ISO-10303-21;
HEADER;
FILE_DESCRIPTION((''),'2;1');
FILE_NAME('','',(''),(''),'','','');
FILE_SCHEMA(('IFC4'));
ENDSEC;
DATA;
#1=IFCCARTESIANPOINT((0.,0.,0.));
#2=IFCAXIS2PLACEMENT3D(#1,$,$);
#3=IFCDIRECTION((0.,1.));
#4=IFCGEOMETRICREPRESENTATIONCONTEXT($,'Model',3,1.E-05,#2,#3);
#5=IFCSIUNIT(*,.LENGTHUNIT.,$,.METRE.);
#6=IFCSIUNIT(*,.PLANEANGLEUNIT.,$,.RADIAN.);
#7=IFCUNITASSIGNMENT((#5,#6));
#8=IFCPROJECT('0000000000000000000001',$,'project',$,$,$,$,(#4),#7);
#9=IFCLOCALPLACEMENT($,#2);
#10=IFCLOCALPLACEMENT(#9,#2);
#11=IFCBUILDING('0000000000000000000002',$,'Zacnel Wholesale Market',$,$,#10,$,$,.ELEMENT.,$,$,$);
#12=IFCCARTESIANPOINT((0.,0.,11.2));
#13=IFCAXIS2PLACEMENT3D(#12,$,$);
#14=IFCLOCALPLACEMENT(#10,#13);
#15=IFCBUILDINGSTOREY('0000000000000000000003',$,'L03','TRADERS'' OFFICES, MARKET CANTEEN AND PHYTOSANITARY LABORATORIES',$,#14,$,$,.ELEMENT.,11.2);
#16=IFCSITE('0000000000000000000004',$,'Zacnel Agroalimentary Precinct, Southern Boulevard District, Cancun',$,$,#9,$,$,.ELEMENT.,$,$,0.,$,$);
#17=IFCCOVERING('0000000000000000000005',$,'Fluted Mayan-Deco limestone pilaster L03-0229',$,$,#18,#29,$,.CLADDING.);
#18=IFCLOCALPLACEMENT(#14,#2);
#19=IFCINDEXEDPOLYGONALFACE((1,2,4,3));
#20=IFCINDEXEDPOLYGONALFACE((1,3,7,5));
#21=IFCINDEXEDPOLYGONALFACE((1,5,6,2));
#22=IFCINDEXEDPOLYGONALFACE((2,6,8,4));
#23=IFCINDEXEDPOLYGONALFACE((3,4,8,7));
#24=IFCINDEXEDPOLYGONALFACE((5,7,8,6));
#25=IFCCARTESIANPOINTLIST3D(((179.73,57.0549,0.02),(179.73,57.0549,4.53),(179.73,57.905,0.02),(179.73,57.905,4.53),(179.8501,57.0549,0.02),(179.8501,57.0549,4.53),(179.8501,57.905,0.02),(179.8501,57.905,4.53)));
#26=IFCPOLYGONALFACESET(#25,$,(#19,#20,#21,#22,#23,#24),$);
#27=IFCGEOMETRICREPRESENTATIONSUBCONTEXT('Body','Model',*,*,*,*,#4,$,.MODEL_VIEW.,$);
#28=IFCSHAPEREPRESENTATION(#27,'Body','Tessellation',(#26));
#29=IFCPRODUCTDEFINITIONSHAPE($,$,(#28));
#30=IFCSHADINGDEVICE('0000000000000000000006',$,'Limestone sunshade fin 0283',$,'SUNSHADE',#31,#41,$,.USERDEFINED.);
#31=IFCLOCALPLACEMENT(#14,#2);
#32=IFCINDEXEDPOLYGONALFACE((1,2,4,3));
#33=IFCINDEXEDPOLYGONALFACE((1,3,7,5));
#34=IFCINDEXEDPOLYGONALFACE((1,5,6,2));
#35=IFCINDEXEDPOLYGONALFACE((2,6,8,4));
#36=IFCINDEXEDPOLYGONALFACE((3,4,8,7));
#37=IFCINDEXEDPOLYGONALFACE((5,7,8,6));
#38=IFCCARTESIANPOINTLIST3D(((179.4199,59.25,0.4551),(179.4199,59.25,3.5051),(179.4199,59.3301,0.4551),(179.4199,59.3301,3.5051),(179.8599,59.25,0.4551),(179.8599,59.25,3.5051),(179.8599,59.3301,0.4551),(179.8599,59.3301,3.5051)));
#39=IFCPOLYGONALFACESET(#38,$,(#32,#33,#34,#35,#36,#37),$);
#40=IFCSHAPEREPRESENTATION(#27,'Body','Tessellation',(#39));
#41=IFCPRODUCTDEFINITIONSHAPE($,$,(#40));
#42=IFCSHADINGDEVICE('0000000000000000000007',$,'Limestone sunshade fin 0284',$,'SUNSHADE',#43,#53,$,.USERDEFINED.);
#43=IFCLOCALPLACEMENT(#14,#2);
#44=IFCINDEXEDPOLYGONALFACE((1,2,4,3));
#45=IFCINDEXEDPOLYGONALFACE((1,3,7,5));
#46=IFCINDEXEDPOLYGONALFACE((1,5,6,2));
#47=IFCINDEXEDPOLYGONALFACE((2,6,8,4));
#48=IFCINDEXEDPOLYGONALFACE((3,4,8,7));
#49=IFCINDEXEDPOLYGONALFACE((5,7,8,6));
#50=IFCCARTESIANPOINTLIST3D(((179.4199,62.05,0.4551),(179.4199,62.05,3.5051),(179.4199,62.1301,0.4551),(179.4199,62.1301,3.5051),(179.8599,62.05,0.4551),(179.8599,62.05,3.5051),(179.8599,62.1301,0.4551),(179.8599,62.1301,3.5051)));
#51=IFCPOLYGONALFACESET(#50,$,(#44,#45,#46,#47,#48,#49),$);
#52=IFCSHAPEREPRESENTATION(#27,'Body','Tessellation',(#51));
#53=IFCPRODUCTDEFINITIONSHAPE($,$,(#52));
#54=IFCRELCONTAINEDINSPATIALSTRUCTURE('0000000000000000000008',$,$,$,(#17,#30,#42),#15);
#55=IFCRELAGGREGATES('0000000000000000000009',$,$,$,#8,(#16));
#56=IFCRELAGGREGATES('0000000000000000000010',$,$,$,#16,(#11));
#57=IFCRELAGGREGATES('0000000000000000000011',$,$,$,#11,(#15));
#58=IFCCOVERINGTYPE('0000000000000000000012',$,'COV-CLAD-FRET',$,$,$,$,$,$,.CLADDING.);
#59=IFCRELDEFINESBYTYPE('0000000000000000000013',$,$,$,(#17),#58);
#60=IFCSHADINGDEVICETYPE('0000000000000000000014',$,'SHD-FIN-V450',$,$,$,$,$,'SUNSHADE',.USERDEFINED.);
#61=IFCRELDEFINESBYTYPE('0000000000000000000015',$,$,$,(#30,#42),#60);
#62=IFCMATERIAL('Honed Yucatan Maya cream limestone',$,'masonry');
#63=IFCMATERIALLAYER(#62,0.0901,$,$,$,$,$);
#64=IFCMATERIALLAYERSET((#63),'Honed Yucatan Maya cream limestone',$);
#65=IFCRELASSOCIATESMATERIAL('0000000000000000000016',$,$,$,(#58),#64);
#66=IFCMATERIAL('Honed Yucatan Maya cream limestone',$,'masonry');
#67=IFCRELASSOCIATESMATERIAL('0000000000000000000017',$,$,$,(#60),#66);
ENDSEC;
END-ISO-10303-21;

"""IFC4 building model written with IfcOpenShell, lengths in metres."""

from ifc_helpers import new_model, si_unit, direction, frame, origin, origin_2d, place, context, subcontext, project, spatial, rectangle, extrude, material, layer, layer_set, type_object, element, save


model = new_model("IFC4")

# Units and contexts
model_context = context("Model", 3, precision=1e-05, world=origin(), true_north=direction((0.0, 1.0)))
body_context = subcontext(model_context, "Body", "Model", "MODEL_VIEW")
ifc_project = project(units=[si_unit("LENGTHUNIT", "METRE"), si_unit("PLANEANGLEUNIT", "RADIAN")], contexts=[model_context])

# Site, building, storey
site_placement = place(None, origin())
site = spatial("IfcSite", under=ifc_project, at=site_placement, Name="Zacnel Agroalimentary Precinct, Southern Boulevard District, Cancun", CompositionType="ELEMENT", RefElevation=0.0)
building_placement = place(site_placement, origin())
building = spatial("IfcBuilding", under=site, at=building_placement, Name="Zacnel Wholesale Market", CompositionType="ELEMENT")
storey_placement = place(building_placement, frame((0.0, 0.0, 11.2)))
storey = spatial("IfcBuildingStorey", under=building, at=storey_placement, Name="L03", Description="TRADERS' OFFICES, MARKET CANTEEN AND PHYTOSANITARY LABORATORIES", CompositionType="ELEMENT", Elevation=11.2)

# Covering
ifc_material_1 = material(Name="Honed Yucatan Maya cream limestone", Category="masonry")
ifc_layer_1 = layer(ifc_material_1, 0.0901)
ifc_layer_set_1 = layer_set([ifc_layer_1], Name="Honed Yucatan Maya cream limestone")
covering_type = type_object("IfcCoveringType", Name="COV-CLAD-FRET", PredefinedType="CLADDING", material=ifc_layer_set_1)
for number, where, z_axis, x_axis, name in (
    (1, (179.79, 57.48, 0.02), (0.0, 0.0, 1.0), (0.0, 1.0, 0.0), "Fluted Mayan-Deco limestone pilaster L03-0229"),
):
    element("IfcCovering", number, at=place(storey_placement, frame(where, z_axis=z_axis, x_axis=x_axis)), inside=storey, type_object=covering_type, Name=name, PredefinedType="CLADDING", context=body_context, shape_type="SweptSolid", body=[
        extrude(rectangle(XDim=0.8501, YDim=0.1201, at=origin_2d()), origin(), (0.0, 0.0, 1.0), 4.51),
    ])

# Shading devices
ifc_material_2 = material(Name="Honed Yucatan Maya cream limestone", Category="masonry")
shading_device_type = type_object("IfcShadingDeviceType", Name="SHD-FIN-V450", ElementType="SUNSHADE", PredefinedType="USERDEFINED", material=ifc_material_2)
for number, where, z_axis, x_axis, name in (
    (2, (179.6399, 59.29, 0.4551), (0.0, 0.0, 1.0), (0.0, 1.0, 0.0), "Limestone sunshade fin 0283"),
    (3, (179.6399, 62.0901, 0.4551), (0.0, 0.0, 1.0), (0.0, 1.0, 0.0), "Limestone sunshade fin 0284"),
):
    element("IfcShadingDevice", number, at=place(storey_placement, frame(where, z_axis=z_axis, x_axis=x_axis)), inside=storey, type_object=shading_device_type, Name=name, ObjectType="SUNSHADE", PredefinedType="USERDEFINED", context=body_context, shape_type="SweptSolid", body=[
        extrude(rectangle(XDim=0.0801, YDim=0.4399, at=origin_2d()), origin(), (0.0, 0.0, 1.0), 3.05),
    ])

save(model, "model.ifc")
